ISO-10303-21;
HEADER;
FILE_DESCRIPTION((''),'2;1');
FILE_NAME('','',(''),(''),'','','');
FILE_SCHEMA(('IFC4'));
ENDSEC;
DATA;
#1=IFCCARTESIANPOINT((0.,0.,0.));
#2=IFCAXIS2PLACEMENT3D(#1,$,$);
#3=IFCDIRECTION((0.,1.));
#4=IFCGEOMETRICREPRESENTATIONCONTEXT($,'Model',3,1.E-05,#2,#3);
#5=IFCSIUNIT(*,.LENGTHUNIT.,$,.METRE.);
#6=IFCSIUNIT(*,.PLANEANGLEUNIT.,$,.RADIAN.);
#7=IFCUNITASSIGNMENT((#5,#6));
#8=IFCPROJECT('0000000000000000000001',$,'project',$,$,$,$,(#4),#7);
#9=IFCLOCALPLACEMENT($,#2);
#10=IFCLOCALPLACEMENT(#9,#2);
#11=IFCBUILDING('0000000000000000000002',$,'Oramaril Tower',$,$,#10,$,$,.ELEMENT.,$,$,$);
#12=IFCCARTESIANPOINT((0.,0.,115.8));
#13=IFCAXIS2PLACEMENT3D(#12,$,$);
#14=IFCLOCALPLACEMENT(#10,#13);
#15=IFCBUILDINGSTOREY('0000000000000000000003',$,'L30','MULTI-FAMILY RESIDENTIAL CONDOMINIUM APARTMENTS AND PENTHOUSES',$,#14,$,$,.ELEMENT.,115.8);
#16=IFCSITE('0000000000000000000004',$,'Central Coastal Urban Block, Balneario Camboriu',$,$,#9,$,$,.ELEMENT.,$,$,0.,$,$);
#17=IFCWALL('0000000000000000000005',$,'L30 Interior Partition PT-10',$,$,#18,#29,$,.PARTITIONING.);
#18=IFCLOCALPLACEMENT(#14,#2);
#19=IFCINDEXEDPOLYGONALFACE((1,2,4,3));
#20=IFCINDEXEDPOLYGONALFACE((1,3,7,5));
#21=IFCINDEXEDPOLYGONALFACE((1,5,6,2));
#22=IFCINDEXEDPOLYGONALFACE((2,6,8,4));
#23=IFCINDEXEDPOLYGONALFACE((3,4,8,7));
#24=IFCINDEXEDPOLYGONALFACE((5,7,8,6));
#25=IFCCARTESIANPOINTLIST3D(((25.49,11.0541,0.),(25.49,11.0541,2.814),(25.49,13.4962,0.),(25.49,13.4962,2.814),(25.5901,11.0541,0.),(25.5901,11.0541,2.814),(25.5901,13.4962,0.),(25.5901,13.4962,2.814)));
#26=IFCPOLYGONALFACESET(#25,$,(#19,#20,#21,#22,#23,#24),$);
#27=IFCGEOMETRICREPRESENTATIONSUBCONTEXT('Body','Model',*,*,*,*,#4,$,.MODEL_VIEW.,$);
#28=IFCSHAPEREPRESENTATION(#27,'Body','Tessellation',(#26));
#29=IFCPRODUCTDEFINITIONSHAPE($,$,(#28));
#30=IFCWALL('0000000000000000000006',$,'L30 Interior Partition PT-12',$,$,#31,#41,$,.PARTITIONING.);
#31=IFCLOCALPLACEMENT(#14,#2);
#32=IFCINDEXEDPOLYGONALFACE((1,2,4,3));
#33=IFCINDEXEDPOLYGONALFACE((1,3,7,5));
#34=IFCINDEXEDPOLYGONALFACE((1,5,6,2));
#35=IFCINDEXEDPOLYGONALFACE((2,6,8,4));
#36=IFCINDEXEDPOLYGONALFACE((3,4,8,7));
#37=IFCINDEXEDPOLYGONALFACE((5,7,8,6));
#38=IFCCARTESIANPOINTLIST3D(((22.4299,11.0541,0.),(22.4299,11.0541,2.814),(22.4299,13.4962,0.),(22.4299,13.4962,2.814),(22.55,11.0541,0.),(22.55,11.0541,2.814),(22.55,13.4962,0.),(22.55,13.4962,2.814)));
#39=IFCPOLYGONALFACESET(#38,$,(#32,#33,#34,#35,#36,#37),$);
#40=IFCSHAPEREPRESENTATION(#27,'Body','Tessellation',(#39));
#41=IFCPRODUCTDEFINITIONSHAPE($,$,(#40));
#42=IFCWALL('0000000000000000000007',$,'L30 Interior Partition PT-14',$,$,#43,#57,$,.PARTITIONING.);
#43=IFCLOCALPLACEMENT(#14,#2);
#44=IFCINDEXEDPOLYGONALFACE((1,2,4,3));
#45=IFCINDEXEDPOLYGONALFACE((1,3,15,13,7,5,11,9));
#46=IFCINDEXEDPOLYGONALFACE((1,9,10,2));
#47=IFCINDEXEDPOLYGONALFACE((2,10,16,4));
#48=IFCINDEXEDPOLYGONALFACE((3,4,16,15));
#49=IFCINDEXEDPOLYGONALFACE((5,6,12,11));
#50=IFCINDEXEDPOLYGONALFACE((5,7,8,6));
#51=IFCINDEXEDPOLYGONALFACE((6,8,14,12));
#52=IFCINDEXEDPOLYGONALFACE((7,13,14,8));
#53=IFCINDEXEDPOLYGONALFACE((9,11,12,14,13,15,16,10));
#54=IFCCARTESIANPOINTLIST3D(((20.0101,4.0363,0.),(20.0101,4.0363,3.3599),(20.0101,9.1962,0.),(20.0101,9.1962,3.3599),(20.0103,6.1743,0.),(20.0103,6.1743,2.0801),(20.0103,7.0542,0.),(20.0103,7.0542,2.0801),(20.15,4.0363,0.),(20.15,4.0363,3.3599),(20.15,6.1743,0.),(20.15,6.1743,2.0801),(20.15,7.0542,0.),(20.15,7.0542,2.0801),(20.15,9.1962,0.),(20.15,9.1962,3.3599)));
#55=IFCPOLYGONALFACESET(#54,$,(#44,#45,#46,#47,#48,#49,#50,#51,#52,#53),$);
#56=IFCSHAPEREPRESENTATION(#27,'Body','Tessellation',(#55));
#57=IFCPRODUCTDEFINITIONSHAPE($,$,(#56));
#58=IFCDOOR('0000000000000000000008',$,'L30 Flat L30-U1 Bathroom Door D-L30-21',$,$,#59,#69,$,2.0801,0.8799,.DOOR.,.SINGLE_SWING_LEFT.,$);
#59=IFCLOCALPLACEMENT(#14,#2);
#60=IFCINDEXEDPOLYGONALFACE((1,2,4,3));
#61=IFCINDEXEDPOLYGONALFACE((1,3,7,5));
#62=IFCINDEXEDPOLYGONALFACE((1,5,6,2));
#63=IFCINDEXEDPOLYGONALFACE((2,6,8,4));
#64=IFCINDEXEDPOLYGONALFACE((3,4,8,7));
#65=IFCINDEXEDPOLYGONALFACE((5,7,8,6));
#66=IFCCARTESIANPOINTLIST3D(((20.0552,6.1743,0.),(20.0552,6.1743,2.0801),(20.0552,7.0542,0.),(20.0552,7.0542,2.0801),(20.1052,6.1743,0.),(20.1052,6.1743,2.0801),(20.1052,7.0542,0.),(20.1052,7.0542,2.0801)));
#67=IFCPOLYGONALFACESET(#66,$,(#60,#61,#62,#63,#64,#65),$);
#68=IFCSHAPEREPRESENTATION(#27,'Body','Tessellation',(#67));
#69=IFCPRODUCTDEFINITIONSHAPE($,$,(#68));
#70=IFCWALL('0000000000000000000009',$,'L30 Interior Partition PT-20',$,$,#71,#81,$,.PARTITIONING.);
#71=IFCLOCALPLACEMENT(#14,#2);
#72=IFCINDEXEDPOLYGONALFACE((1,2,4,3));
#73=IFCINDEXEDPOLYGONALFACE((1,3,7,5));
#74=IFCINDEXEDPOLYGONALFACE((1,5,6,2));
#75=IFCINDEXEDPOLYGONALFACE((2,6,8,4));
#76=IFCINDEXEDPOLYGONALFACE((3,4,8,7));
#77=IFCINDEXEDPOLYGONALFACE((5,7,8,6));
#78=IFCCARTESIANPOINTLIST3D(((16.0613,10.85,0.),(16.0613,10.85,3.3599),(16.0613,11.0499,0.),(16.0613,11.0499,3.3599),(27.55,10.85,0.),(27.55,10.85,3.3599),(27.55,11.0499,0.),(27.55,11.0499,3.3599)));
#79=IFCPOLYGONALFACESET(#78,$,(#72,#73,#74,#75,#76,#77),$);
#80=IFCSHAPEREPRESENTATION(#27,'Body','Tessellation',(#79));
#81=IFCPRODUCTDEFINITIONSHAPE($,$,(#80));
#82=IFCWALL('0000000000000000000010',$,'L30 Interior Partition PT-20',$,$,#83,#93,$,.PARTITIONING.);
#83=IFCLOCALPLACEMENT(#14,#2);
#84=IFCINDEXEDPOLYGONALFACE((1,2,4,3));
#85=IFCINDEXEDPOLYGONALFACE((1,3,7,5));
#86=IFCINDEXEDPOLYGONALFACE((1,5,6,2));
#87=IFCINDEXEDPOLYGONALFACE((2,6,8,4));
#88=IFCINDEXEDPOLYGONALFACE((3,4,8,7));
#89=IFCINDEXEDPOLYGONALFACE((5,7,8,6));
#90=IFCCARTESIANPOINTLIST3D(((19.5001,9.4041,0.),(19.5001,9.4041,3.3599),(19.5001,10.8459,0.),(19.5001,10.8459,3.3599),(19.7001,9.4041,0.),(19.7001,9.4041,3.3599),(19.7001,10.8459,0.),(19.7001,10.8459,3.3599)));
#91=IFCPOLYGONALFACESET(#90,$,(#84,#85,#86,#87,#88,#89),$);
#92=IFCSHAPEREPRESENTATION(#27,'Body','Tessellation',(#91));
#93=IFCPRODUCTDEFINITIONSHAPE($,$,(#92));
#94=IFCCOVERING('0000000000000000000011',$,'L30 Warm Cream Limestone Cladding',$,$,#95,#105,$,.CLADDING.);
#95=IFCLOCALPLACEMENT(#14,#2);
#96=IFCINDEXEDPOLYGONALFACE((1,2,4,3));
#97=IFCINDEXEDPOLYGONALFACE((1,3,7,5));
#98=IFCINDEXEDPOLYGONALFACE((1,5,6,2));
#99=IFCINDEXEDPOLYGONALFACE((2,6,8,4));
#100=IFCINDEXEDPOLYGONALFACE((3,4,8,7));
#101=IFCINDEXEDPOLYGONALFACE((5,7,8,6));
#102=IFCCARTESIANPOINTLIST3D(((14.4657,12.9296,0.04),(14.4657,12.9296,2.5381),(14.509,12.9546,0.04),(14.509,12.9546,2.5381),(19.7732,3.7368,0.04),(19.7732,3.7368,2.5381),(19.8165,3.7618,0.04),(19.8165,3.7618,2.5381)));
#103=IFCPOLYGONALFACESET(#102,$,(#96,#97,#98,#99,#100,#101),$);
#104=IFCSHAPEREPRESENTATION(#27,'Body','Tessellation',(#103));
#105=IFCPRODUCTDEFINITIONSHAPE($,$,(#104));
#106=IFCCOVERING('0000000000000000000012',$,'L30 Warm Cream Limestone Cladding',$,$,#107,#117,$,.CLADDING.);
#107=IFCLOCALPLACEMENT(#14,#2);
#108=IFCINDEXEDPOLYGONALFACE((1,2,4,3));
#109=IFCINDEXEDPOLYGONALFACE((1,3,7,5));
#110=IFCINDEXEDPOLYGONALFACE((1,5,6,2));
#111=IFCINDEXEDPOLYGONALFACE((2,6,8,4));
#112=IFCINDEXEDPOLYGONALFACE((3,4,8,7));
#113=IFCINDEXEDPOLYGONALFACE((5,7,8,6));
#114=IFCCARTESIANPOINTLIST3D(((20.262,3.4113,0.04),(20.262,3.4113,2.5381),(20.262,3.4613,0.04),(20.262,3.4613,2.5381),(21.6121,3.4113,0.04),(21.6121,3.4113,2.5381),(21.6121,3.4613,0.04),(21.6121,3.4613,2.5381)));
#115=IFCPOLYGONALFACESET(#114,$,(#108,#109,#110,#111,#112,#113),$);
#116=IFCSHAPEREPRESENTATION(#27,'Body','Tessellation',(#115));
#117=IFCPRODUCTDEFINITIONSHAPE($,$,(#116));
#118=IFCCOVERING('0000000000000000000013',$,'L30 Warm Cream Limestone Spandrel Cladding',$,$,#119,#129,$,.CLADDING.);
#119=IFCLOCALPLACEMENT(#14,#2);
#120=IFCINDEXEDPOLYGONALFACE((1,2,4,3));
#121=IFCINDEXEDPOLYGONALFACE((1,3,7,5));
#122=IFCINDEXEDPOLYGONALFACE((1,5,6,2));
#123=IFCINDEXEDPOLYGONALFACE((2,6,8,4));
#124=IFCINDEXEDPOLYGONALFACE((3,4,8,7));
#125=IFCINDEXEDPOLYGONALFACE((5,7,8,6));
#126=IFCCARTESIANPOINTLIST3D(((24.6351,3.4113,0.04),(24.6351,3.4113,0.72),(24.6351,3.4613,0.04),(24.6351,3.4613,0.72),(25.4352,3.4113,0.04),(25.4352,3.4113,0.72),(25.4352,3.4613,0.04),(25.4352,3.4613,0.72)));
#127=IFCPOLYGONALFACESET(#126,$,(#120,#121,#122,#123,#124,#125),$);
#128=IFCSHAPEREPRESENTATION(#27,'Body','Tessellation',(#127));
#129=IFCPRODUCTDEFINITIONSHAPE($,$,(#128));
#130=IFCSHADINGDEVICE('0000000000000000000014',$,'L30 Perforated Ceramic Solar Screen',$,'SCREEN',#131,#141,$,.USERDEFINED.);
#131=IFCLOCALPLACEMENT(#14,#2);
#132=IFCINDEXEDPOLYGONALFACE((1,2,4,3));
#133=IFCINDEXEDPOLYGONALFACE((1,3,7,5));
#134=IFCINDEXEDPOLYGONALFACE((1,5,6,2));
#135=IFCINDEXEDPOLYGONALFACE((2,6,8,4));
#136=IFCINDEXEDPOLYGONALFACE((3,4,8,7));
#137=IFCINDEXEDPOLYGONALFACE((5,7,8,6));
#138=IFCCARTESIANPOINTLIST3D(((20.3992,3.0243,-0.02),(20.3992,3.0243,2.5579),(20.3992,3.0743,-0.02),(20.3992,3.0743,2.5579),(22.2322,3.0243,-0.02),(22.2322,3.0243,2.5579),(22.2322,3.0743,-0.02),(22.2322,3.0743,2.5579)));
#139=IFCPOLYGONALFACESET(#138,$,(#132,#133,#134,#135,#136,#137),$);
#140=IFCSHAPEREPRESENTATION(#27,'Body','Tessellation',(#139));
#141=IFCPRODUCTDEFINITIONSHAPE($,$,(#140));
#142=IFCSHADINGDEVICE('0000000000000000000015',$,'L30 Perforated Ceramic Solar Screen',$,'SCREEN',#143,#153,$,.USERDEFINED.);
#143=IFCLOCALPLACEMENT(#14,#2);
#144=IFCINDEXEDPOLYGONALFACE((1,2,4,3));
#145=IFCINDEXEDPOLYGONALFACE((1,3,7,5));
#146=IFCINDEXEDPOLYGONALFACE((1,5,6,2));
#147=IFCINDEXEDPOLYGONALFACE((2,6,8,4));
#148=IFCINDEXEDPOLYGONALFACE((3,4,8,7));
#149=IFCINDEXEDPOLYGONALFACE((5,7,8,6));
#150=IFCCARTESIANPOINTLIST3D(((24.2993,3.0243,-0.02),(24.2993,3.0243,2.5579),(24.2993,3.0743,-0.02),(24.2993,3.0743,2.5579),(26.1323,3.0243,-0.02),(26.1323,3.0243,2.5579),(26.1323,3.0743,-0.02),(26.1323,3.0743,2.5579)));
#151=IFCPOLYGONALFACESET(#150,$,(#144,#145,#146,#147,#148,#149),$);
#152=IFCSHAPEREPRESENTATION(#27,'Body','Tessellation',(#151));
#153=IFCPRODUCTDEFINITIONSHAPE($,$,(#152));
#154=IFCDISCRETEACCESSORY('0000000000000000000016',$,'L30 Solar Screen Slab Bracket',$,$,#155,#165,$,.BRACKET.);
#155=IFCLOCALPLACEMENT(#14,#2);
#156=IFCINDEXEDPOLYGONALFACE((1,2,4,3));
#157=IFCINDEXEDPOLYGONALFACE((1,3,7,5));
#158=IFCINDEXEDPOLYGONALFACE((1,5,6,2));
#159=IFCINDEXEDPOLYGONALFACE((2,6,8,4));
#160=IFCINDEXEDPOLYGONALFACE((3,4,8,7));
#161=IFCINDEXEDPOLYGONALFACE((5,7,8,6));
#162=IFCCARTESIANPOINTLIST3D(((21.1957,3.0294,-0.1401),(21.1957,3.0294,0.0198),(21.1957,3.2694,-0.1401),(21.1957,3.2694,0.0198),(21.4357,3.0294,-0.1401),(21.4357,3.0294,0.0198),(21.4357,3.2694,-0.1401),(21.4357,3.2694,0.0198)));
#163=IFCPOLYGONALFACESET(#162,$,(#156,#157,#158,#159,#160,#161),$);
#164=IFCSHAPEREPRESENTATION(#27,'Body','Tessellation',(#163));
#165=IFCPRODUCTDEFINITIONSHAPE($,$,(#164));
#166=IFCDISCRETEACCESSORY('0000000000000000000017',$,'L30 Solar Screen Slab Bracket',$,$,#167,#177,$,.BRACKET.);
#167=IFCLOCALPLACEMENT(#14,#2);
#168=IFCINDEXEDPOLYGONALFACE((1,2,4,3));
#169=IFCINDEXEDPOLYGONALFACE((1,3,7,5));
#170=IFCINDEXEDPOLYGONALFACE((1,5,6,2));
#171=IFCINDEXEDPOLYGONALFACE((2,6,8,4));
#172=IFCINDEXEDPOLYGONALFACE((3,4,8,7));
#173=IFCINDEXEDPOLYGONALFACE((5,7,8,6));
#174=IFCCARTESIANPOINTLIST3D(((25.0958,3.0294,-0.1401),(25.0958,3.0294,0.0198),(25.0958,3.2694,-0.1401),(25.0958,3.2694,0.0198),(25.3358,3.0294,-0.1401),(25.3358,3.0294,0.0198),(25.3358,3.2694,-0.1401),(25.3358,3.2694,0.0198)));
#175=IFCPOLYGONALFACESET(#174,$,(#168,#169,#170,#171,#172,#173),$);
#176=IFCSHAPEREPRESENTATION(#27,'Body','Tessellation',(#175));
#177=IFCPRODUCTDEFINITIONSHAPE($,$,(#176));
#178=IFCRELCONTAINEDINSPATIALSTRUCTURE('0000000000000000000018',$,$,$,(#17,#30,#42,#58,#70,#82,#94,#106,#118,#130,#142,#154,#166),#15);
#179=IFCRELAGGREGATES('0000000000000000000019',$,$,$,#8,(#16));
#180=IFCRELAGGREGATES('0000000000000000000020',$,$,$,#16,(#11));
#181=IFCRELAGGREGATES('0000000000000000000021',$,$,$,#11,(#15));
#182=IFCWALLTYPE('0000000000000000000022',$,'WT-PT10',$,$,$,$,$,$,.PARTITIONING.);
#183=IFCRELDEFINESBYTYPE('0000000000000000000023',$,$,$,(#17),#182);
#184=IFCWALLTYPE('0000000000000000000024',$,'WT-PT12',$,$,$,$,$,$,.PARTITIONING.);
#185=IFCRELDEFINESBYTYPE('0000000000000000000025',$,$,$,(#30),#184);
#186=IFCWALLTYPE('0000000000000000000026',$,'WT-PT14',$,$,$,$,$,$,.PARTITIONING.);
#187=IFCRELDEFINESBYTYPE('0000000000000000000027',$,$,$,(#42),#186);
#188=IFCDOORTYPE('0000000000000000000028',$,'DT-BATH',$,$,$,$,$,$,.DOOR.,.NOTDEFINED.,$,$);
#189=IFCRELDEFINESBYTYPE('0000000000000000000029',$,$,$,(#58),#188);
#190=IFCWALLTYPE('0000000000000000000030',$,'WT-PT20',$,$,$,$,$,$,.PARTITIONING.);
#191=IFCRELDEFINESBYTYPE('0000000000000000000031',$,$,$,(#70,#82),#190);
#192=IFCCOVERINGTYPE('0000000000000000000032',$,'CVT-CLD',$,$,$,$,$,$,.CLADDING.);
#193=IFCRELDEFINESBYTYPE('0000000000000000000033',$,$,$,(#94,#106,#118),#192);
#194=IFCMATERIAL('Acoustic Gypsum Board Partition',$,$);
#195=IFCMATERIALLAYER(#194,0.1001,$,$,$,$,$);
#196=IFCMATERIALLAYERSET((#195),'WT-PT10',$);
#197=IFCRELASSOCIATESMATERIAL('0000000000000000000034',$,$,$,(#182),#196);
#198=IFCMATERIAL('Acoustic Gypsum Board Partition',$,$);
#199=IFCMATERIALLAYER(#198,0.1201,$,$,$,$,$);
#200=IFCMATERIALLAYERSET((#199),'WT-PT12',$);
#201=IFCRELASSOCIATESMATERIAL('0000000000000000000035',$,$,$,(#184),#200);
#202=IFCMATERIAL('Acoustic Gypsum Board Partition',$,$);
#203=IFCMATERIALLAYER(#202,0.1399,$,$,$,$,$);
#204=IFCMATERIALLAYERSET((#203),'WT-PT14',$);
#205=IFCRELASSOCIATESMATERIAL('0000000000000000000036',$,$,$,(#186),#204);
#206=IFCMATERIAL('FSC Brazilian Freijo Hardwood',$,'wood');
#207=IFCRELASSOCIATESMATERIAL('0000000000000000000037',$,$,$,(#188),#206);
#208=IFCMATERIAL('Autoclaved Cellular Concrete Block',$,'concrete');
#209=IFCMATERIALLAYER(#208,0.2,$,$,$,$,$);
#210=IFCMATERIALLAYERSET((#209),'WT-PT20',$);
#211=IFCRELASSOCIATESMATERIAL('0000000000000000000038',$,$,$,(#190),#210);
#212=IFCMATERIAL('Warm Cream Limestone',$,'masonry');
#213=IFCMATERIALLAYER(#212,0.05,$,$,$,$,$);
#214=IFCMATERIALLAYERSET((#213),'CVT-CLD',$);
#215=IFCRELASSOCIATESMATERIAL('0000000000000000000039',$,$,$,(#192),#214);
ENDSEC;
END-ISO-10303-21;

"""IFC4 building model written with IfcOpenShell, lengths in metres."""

from ifc_helpers import new_model, si_unit, direction, frame, frame_2d, origin, origin_2d, place, context, subcontext, project, spatial, rectangle, extrude, material, layer, layer_set, type_object, element, fill, save


model = new_model("IFC4")

# Units and contexts
model_context = context("Model", 3, precision=1e-05, world=origin(), true_north=direction((0.0, 1.0)))
body_context = subcontext(model_context, "Body", "Model", "MODEL_VIEW")
ifc_project = project(units=[si_unit("LENGTHUNIT", "METRE"), si_unit("PLANEANGLEUNIT", "RADIAN")], contexts=[model_context])

# Site, building, storey
site_placement = place(None, origin())
site = spatial("IfcSite", under=ifc_project, at=site_placement, Name="Central Coastal Urban Block, Balneario Camboriu", CompositionType="ELEMENT", RefElevation=0.0)
building_placement = place(site_placement, origin())
building = spatial("IfcBuilding", under=site, at=building_placement, Name="Oramaril Tower", CompositionType="ELEMENT")
storey_placement = place(building_placement, frame((0.0, 0.0, 115.8)))
storey = spatial("IfcBuildingStorey", under=building, at=storey_placement, Name="L30", Description="MULTI-FAMILY RESIDENTIAL CONDOMINIUM APARTMENTS AND PENTHOUSES", CompositionType="ELEMENT", Elevation=115.8)

# Walls
ifc_material_1 = material(Name="Acoustic Gypsum Board Partition")
ifc_layer_1 = layer(ifc_material_1, 0.1001)
ifc_layer_set_1 = layer_set([ifc_layer_1], Name="WT-PT10")
wall_type_1 = type_object("IfcWallType", Name="WT-PT10", PredefinedType="PARTITIONING", material=ifc_layer_set_1)
wall_1_placement = place(storey_placement, frame((25.54, 11.054, 0.0), z_axis=(0.0, 0.0, 1.0), x_axis=(0.0, 1.0, 0.0)))
element("IfcWall", 1, at=wall_1_placement, inside=storey, type_object=wall_type_1, Name="L30 Interior Partition PT-10", PredefinedType="PARTITIONING", context=body_context, shape_type="SweptSolid", body=[
    extrude(rectangle(XDim=2.4421, YDim=0.1001, at=frame_2d((1.2212, 0.0))), origin(), (0.0, 0.0, 1.0), 2.814),
])
ifc_material_2 = material(Name="Acoustic Gypsum Board Partition")
ifc_layer_2 = layer(ifc_material_2, 0.1201)
ifc_layer_set_2 = layer_set([ifc_layer_2], Name="WT-PT12")
wall_type_2 = type_object("IfcWallType", Name="WT-PT12", PredefinedType="PARTITIONING", material=ifc_layer_set_2)
wall_2_placement = place(storey_placement, frame((22.49, 11.054, 0.0), z_axis=(0.0, 0.0, 1.0), x_axis=(0.0, 1.0, 0.0)))
element("IfcWall", 2, at=wall_2_placement, inside=storey, type_object=wall_type_2, Name="L30 Interior Partition PT-12", PredefinedType="PARTITIONING", context=body_context, shape_type="SweptSolid", body=[
    extrude(rectangle(XDim=2.4421, YDim=0.1201, at=frame_2d((1.2212, 0.0))), origin(), (0.0, 0.0, 1.0), 2.814),
])

# Wall, opening, door
ifc_material_3 = material(Name="Acoustic Gypsum Board Partition")
ifc_layer_3 = layer(ifc_material_3, 0.1399)
ifc_layer_set_3 = layer_set([ifc_layer_3], Name="WT-PT14")
wall_type_3 = type_object("IfcWallType", Name="WT-PT14", PredefinedType="PARTITIONING", material=ifc_layer_set_3)
wall_3_placement = place(storey_placement, frame((20.0801, 4.0361, 0.0), z_axis=(0.0, 0.0, 1.0), x_axis=(0.0, 1.0, 0.0)))
wall_3 = element("IfcWall", 3, at=wall_3_placement, inside=storey, type_object=wall_type_3, Name="L30 Interior Partition PT-14", PredefinedType="PARTITIONING", context=body_context, shape_type="SweptSolid", body=[
    extrude(rectangle(XDim=5.1599, YDim=0.1399, at=frame_2d((2.5801, 0.0))), origin(), (0.0, 0.0, 1.0), 3.3599),
])
opening_1_placement = place(wall_3_placement, frame((2.1382, 0.0, 0.0)))
opening_1 = element("IfcOpeningElement", 4, at=opening_1_placement, cuts=wall_3, PredefinedType="OPENING", context=body_context, shape_type="SweptSolid", body=[
    extrude(rectangle(XDim=0.8799, YDim=2.0801, at=frame_2d((0.4399, 1.04))), frame((0.0, 0.0698, 0.0), z_axis=(0.0, -1.0, 0.0), x_axis=(1.0, 0.0, 0.0)), (0.0, 0.0, 1.0), 0.1399),
])
ifc_material_4 = material(Name="FSC Brazilian Freijo Hardwood", Category="wood")
door_type_1 = type_object("IfcDoorType", Name="DT-BATH", OperationType="NOTDEFINED", PredefinedType="DOOR", material=ifc_material_4)
door_1_placement = place(opening_1_placement, origin())
door_1 = element("IfcDoor", 5, at=door_1_placement, inside=storey, type_object=door_type_1, Name="L30 Flat L30-U1 Bathroom Door D-L30-21", OperationType="SINGLE_SWING_LEFT", OverallHeight=2.0801, OverallWidth=0.8799, PredefinedType="DOOR", context=body_context, shape_type="SweptSolid", body=[
    extrude(rectangle(XDim=0.8799, YDim=2.0801, at=frame_2d((0.4399, 1.04))), frame((0.0, 0.0249, 0.0), z_axis=(0.0, -1.0, 0.0), x_axis=(1.0, 0.0, 0.0)), (0.0, 0.0, 1.0), 0.05),
])
fill(opening_1, door_1)

# Shared definitions
ifc_material_5 = material(Name="Autoclaved Cellular Concrete Block", Category="concrete")
ifc_layer_4 = layer(ifc_material_5, 0.2)
ifc_layer_set_4 = layer_set([ifc_layer_4], Name="WT-PT20")
wall_type_4 = type_object("IfcWallType", Name="WT-PT20", PredefinedType="PARTITIONING", material=ifc_layer_set_4)

# Walls
wall_4_placement = place(storey_placement, frame((16.0613, 10.95, 0.0), z_axis=(0.0, 0.0, 1.0), x_axis=(1.0, 0.0, 0.0)))
element("IfcWall", 6, at=wall_4_placement, inside=storey, type_object=wall_type_4, Name="L30 Interior Partition PT-20", PredefinedType="PARTITIONING", context=body_context, shape_type="SweptSolid", body=[
    extrude(rectangle(XDim=11.4888, YDim=0.2, at=frame_2d((5.7444, 0.0))), origin(), (0.0, 0.0, 1.0), 3.3599),
])
wall_5_placement = place(storey_placement, frame((19.6001, 9.4041, 0.0), z_axis=(0.0, 0.0, 1.0), x_axis=(0.0, 1.0, 0.0)))
element("IfcWall", 7, at=wall_5_placement, inside=storey, type_object=wall_type_4, Name="L30 Interior Partition PT-20", PredefinedType="PARTITIONING", context=body_context, shape_type="SweptSolid", body=[
    extrude(rectangle(XDim=1.4419, YDim=0.2, at=frame_2d((0.7209, 0.0))), origin(), (0.0, 0.0, 1.0), 3.3599),
])

# Coverings
ifc_material_6 = material(Name="Warm Cream Limestone", Category="masonry")
ifc_layer_5 = layer(ifc_material_6, 0.05)
ifc_layer_set_5 = layer_set([ifc_layer_5], Name="CVT-CLD")
covering_type = type_object("IfcCoveringType", Name="CVT-CLD", PredefinedType="CLADDING", material=ifc_layer_set_5)
covering_1_placement = place(storey_placement, frame((17.1411, 8.3457, 0.04), z_axis=(0.0, 0.0, 1.0), x_axis=(0.500003, -0.866024, 0.0)))
element("IfcCovering", 8, at=covering_1_placement, inside=storey, type_object=covering_type, Name="L30 Warm Cream Limestone Cladding", PredefinedType="CLADDING", context=body_context, shape_type="SweptSolid", body=[
    extrude(rectangle(XDim=10.615, YDim=0.05, at=origin_2d()), origin(), (0.0, 0.0, 1.0), 2.498),
])
covering_2_placement = place(storey_placement, frame((20.937, 3.4363, 0.04), z_axis=(0.0, 0.0, 1.0), x_axis=(1.0, 0.0, 0.0)))
element("IfcCovering", 9, at=covering_2_placement, inside=storey, type_object=covering_type, Name="L30 Warm Cream Limestone Cladding", PredefinedType="CLADDING", context=body_context, shape_type="SweptSolid", body=[
    extrude(rectangle(XDim=1.3501, YDim=0.05, at=origin_2d()), origin(), (0.0, 0.0, 1.0), 2.498),
])
covering_3_placement = place(storey_placement, frame((25.0352, 3.4363, 0.04), z_axis=(0.0, 0.0, 1.0), x_axis=(1.0, 0.0, 0.0)))
element("IfcCovering", 10, at=covering_3_placement, inside=storey, type_object=covering_type, Name="L30 Warm Cream Limestone Spandrel Cladding", PredefinedType="CLADDING", context=body_context, shape_type="SweptSolid", body=[
    extrude(rectangle(XDim=0.8, YDim=0.05, at=origin_2d()), origin(), (0.0, 0.0, 1.0), 0.6799),
])

# Shading devices
for number, where, z_axis, x_axis, name in (
    (11, (21.3157, 3.0493, -0.02), (0.0, 0.0, 1.0), (1.0, 0.0, 0.0), "L30 Perforated Ceramic Solar Screen"),
    (12, (25.2158, 3.0493, -0.02), (0.0, 0.0, 1.0), (1.0, 0.0, 0.0), "L30 Perforated Ceramic Solar Screen"),
):
    element("IfcShadingDevice", number, at=place(storey_placement, frame(where, z_axis=z_axis, x_axis=x_axis)), inside=storey, Name=name, ObjectType="SCREEN", PredefinedType="USERDEFINED", context=body_context, shape_type="SweptSolid", body=[
        extrude(rectangle(XDim=1.833, YDim=0.05, at=origin_2d()), origin(), (0.0, 0.0, 1.0), 2.5779),
    ])

# Discrete accessories
for number, where, z_axis, x_axis, name in (
    (13, (21.3157, 3.1494, -0.1401), (0.0, 0.0, 1.0), (1.0, 0.0, 0.0), "L30 Solar Screen Slab Bracket"),
    (14, (25.2158, 3.1494, -0.1401), (0.0, 0.0, 1.0), (1.0, 0.0, 0.0), "L30 Solar Screen Slab Bracket"),
):
    element("IfcDiscreteAccessory", number, at=place(storey_placement, frame(where, z_axis=z_axis, x_axis=x_axis)), inside=storey, Name=name, PredefinedType="BRACKET", context=body_context, shape_type="SweptSolid", body=[
        extrude(rectangle(XDim=0.24, YDim=0.24, at=origin_2d()), origin(), (0.0, 0.0, 1.0), 0.1599),
    ])

save(model, "model.ifc")
